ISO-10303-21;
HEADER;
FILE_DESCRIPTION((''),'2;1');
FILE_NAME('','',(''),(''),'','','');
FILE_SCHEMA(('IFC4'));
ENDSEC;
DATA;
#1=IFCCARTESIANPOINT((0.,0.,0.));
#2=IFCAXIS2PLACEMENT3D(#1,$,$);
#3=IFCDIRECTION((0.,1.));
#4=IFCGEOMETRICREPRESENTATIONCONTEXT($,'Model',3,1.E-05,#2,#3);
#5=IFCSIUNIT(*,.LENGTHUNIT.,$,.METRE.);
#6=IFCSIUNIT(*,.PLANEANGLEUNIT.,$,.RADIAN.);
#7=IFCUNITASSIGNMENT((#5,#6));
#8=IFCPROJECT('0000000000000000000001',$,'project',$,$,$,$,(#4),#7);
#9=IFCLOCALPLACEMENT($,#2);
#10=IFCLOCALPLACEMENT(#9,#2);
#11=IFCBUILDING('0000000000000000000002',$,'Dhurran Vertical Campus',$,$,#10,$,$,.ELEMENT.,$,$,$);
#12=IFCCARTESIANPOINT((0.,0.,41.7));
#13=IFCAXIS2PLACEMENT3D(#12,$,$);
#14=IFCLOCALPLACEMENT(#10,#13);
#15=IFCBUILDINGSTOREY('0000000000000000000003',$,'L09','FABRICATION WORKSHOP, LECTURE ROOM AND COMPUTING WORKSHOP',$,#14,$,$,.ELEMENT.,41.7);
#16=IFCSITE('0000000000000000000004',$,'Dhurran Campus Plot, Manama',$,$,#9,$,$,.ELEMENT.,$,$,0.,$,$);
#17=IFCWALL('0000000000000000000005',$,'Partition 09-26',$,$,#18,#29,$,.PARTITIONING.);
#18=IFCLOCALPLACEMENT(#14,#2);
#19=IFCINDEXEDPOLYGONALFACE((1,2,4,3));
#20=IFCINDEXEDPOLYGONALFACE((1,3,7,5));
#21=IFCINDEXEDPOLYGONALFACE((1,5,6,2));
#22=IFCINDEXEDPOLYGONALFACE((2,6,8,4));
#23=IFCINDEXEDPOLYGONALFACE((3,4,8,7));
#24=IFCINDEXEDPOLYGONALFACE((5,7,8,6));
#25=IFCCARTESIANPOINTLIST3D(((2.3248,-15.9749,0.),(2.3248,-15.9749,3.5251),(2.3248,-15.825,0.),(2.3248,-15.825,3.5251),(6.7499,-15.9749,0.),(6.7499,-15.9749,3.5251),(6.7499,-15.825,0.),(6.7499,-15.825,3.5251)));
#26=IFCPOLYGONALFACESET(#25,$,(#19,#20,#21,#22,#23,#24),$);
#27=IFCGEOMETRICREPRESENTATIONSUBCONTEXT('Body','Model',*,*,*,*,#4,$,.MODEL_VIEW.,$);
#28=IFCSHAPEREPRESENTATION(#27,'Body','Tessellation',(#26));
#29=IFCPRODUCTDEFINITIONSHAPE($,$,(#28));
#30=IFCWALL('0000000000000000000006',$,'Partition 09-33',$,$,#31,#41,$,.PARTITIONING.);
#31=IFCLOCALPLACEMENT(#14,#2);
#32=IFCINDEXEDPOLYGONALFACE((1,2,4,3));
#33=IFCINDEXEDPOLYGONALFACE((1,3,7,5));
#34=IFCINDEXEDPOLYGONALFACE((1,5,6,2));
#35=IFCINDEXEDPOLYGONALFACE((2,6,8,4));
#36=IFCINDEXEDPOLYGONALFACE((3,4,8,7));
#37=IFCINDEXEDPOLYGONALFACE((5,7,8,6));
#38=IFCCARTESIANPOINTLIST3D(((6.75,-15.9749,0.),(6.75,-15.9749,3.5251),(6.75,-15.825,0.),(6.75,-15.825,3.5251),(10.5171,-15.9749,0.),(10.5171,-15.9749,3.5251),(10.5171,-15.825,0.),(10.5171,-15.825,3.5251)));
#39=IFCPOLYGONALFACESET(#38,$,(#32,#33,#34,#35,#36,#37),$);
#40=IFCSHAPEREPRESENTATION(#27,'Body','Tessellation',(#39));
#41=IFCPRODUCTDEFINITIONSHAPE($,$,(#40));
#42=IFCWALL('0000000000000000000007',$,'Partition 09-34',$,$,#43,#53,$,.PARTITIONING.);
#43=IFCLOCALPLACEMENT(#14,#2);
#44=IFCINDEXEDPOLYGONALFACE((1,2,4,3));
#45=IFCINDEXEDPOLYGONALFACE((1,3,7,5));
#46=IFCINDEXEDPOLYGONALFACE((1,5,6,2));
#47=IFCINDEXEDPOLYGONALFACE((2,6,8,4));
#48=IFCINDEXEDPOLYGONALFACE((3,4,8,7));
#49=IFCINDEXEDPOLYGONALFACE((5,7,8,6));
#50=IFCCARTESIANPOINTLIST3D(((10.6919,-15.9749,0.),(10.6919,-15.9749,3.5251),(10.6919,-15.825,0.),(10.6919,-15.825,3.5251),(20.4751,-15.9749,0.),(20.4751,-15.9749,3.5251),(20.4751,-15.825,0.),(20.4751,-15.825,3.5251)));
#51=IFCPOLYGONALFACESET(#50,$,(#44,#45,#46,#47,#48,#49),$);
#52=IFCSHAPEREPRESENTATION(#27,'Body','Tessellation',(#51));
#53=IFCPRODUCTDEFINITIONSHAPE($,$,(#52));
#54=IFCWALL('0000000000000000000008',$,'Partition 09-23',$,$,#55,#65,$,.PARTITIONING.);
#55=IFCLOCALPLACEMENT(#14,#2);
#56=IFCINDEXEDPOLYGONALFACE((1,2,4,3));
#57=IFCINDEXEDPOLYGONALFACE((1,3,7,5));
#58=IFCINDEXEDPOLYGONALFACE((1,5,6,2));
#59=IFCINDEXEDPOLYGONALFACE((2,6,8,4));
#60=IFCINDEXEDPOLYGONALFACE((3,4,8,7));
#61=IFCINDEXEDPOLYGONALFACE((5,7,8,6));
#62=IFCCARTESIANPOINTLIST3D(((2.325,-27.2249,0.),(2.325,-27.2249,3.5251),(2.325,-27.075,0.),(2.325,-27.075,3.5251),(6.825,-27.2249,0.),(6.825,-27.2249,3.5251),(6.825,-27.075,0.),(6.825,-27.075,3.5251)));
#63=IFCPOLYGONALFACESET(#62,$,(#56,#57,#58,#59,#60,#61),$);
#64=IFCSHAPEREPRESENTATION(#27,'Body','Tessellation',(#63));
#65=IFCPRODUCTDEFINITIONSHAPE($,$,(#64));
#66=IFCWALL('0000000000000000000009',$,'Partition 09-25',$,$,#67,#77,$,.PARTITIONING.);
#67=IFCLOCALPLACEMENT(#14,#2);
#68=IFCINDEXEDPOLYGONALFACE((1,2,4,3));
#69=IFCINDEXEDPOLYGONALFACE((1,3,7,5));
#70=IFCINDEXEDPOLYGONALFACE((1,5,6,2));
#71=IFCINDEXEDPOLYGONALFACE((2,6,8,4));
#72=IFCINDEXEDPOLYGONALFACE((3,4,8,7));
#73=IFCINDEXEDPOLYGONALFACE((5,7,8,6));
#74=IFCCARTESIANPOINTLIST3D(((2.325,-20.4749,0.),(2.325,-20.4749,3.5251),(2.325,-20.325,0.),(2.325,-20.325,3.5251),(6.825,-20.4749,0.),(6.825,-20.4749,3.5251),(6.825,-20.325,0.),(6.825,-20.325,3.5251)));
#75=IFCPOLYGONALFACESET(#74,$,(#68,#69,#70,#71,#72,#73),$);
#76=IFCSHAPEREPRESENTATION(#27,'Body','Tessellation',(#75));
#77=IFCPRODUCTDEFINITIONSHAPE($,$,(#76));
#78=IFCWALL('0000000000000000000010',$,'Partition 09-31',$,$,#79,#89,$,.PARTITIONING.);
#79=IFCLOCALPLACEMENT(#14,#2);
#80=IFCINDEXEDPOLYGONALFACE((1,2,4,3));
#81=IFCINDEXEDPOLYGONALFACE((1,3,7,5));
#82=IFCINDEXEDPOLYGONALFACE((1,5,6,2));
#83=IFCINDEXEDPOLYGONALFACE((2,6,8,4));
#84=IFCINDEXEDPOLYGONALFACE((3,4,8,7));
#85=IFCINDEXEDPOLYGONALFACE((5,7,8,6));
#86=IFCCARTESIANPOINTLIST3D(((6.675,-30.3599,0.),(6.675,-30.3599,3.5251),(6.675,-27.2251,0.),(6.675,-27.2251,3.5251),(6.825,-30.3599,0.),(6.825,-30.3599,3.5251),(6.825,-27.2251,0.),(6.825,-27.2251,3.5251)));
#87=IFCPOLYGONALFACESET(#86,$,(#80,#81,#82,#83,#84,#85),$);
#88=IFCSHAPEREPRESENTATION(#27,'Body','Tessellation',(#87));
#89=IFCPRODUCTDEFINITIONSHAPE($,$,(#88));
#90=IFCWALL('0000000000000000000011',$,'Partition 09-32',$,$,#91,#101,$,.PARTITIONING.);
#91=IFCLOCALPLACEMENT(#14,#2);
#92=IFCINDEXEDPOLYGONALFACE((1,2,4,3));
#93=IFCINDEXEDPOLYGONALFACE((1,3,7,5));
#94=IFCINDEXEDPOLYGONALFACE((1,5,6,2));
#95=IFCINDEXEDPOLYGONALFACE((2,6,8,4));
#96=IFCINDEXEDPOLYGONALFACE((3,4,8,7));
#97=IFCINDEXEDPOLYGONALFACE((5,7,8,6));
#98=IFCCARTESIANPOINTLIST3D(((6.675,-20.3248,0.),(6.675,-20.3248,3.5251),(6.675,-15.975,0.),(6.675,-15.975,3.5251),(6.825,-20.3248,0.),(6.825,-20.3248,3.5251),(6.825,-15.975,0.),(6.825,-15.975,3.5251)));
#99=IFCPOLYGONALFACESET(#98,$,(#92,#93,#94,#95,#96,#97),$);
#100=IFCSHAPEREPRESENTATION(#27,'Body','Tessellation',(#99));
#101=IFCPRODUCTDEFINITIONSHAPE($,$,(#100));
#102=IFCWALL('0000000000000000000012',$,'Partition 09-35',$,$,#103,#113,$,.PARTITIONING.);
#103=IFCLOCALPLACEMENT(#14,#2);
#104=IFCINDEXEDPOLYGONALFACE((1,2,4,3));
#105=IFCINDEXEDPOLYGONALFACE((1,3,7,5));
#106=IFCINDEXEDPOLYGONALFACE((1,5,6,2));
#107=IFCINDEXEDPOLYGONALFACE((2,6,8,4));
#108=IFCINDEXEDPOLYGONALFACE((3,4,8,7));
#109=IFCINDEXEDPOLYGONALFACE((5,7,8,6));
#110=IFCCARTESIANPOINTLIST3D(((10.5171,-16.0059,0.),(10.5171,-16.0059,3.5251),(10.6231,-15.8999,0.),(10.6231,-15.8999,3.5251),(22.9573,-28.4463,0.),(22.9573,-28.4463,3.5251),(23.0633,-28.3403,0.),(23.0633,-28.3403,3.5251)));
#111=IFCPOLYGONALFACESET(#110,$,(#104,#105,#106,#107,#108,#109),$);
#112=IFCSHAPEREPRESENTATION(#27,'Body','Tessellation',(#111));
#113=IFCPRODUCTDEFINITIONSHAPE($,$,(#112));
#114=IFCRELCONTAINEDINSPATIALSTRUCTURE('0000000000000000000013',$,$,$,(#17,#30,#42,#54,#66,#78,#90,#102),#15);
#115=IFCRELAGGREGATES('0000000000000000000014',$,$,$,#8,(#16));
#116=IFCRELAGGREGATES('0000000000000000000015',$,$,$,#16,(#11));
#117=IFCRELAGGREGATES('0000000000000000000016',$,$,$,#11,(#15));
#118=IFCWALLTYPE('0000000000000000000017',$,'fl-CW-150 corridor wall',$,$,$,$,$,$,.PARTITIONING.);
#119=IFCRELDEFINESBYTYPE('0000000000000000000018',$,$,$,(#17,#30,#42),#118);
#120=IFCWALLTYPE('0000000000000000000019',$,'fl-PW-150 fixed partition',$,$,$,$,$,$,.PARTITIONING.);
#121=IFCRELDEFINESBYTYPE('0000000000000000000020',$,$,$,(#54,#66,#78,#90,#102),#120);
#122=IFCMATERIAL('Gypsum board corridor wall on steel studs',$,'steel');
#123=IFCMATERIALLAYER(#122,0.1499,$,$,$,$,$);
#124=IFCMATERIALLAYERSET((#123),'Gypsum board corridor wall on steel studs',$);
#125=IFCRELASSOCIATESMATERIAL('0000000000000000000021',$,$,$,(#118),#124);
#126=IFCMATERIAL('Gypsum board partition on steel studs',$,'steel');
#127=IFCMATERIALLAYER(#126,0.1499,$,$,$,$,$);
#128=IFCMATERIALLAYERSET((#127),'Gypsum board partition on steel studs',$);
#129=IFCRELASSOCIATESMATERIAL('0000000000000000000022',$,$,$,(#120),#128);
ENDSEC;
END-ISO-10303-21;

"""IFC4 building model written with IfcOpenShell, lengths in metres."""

from ifc_helpers import new_model, si_unit, direction, frame, frame_2d, origin, place, context, subcontext, project, spatial, rectangle, extrude, material, layer, layer_set, type_object, element, save


model = new_model("IFC4")

# Units and contexts
model_context = context("Model", 3, precision=1e-05, world=origin(), true_north=direction((0.0, 1.0)))
body_context = subcontext(model_context, "Body", "Model", "MODEL_VIEW")
ifc_project = project(units=[si_unit("LENGTHUNIT", "METRE"), si_unit("PLANEANGLEUNIT", "RADIAN")], contexts=[model_context])

# Site, building, storey
site_placement = place(None, origin())
site = spatial("IfcSite", under=ifc_project, at=site_placement, Name="Dhurran Campus Plot, Manama", CompositionType="ELEMENT", RefElevation=0.0)
building_placement = place(site_placement, origin())
building = spatial("IfcBuilding", under=site, at=building_placement, Name="Dhurran Vertical Campus", CompositionType="ELEMENT")
storey_placement = place(building_placement, frame((0.0, 0.0, 41.7)))
storey = spatial("IfcBuildingStorey", under=building, at=storey_placement, Name="L09", Description="FABRICATION WORKSHOP, LECTURE ROOM AND COMPUTING WORKSHOP", CompositionType="ELEMENT", Elevation=41.7)

# Shared definitions
ifc_material_1 = material(Name="Gypsum board corridor wall on steel studs", Category="steel")
ifc_layer_1 = layer(ifc_material_1, 0.1499)
ifc_layer_set_1 = layer_set([ifc_layer_1], Name="Gypsum board corridor wall on steel studs")
wall_type_1 = type_object("IfcWallType", Name="fl-CW-150 corridor wall", PredefinedType="PARTITIONING", material=ifc_layer_set_1)

# Walls
wall_1_placement = place(storey_placement, frame((2.325, -15.8999, 0.0), z_axis=(0.0, 0.0, 1.0), x_axis=(1.0, 0.0, 0.0)))
element("IfcWall", 1, at=wall_1_placement, inside=storey, type_object=wall_type_1, Name="Partition 09-26", PredefinedType="PARTITIONING", context=body_context, shape_type="SweptSolid", body=[
    extrude(rectangle(XDim=4.425, YDim=0.1499, at=frame_2d((2.2124, 0.0))), origin(), (0.0, 0.0, 1.0), 3.5251),
])
wall_2_placement = place(storey_placement, frame((6.75, -15.8999, 0.0), z_axis=(0.0, 0.0, 1.0), x_axis=(1.0, 0.0, 0.0)))
element("IfcWall", 2, at=wall_2_placement, inside=storey, type_object=wall_type_1, Name="Partition 09-33", PredefinedType="PARTITIONING", context=body_context, shape_type="SweptSolid", body=[
    extrude(rectangle(XDim=3.7671, YDim=0.1499, at=frame_2d((1.8835, 0.0))), origin(), (0.0, 0.0, 1.0), 3.5251),
])
wall_3_placement = place(storey_placement, frame((10.6919, -15.8999, 0.0), z_axis=(0.0, 0.0, 1.0), x_axis=(1.0, 0.0, 0.0)))
element("IfcWall", 3, at=wall_3_placement, inside=storey, type_object=wall_type_1, Name="Partition 09-34", PredefinedType="PARTITIONING", context=body_context, shape_type="SweptSolid", body=[
    extrude(rectangle(XDim=9.7832, YDim=0.1499, at=frame_2d((4.8916, 0.0))), origin(), (0.0, 0.0, 1.0), 3.5251),
])
ifc_material_2 = material(Name="Gypsum board partition on steel studs", Category="steel")
ifc_layer_2 = layer(ifc_material_2, 0.1499)
ifc_layer_set_2 = layer_set([ifc_layer_2], Name="Gypsum board partition on steel studs")
wall_type_2 = type_object("IfcWallType", Name="fl-PW-150 fixed partition", PredefinedType="PARTITIONING", material=ifc_layer_set_2)
for number, where, z_axis, x_axis, name in (
    (4, (2.325, -27.1499, 0.0), (0.0, 0.0, 1.0), (1.0, 0.0, 0.0), "Partition 09-23"),
    (5, (6.825, -20.3999, 0.0), (0.0, 0.0, 1.0), (-1.0, 0.0, 0.0), "Partition 09-25"),
):
    element("IfcWall", number, at=place(storey_placement, frame(where, z_axis=z_axis, x_axis=x_axis)), inside=storey, type_object=wall_type_2, Name=name, PredefinedType="PARTITIONING", context=body_context, shape_type="SweptSolid", body=[
        extrude(rectangle(XDim=4.5, YDim=0.1499, at=frame_2d((2.25, 0.0))), origin(), (0.0, 0.0, 1.0), 3.5251),
    ])
wall_4_placement = place(storey_placement, frame((6.75, -27.2251, 0.0), z_axis=(0.0, 0.0, 1.0), x_axis=(0.0, -1.0, 0.0)))
element("IfcWall", 6, at=wall_4_placement, inside=storey, type_object=wall_type_2, Name="Partition 09-31", PredefinedType="PARTITIONING", context=body_context, shape_type="SweptSolid", body=[
    extrude(rectangle(XDim=3.1348, YDim=0.1499, at=frame_2d((1.5674, 0.0))), origin(), (0.0, 0.0, 1.0), 3.5251),
])
wall_5_placement = place(storey_placement, frame((6.75, -15.9751, 0.0), z_axis=(0.0, 0.0, 1.0), x_axis=(0.0, -1.0, 0.0)))
element("IfcWall", 7, at=wall_5_placement, inside=storey, type_object=wall_type_2, Name="Partition 09-32", PredefinedType="PARTITIONING", context=body_context, shape_type="SweptSolid", body=[
    extrude(rectangle(XDim=4.3499, YDim=0.1499, at=frame_2d((2.1748, 0.0))), origin(), (0.0, 0.0, 1.0), 3.5251),
])
wall_6_placement = place(storey_placement, frame((10.5701, -15.9529, 0.0), z_axis=(0.0, 0.0, 1.0), x_axis=(0.7071, -0.707114, 0.0)))
element("IfcWall", 8, at=wall_6_placement, inside=storey, type_object=wall_type_2, Name="Partition 09-35", PredefinedType="PARTITIONING", context=body_context, shape_type="SweptSolid", body=[
    extrude(rectangle(XDim=17.5933, YDim=0.1499, at=frame_2d((8.7966, 0.0))), origin(), (0.0, 0.0, 1.0), 3.5251),
])

save(model, "model.ifc")
